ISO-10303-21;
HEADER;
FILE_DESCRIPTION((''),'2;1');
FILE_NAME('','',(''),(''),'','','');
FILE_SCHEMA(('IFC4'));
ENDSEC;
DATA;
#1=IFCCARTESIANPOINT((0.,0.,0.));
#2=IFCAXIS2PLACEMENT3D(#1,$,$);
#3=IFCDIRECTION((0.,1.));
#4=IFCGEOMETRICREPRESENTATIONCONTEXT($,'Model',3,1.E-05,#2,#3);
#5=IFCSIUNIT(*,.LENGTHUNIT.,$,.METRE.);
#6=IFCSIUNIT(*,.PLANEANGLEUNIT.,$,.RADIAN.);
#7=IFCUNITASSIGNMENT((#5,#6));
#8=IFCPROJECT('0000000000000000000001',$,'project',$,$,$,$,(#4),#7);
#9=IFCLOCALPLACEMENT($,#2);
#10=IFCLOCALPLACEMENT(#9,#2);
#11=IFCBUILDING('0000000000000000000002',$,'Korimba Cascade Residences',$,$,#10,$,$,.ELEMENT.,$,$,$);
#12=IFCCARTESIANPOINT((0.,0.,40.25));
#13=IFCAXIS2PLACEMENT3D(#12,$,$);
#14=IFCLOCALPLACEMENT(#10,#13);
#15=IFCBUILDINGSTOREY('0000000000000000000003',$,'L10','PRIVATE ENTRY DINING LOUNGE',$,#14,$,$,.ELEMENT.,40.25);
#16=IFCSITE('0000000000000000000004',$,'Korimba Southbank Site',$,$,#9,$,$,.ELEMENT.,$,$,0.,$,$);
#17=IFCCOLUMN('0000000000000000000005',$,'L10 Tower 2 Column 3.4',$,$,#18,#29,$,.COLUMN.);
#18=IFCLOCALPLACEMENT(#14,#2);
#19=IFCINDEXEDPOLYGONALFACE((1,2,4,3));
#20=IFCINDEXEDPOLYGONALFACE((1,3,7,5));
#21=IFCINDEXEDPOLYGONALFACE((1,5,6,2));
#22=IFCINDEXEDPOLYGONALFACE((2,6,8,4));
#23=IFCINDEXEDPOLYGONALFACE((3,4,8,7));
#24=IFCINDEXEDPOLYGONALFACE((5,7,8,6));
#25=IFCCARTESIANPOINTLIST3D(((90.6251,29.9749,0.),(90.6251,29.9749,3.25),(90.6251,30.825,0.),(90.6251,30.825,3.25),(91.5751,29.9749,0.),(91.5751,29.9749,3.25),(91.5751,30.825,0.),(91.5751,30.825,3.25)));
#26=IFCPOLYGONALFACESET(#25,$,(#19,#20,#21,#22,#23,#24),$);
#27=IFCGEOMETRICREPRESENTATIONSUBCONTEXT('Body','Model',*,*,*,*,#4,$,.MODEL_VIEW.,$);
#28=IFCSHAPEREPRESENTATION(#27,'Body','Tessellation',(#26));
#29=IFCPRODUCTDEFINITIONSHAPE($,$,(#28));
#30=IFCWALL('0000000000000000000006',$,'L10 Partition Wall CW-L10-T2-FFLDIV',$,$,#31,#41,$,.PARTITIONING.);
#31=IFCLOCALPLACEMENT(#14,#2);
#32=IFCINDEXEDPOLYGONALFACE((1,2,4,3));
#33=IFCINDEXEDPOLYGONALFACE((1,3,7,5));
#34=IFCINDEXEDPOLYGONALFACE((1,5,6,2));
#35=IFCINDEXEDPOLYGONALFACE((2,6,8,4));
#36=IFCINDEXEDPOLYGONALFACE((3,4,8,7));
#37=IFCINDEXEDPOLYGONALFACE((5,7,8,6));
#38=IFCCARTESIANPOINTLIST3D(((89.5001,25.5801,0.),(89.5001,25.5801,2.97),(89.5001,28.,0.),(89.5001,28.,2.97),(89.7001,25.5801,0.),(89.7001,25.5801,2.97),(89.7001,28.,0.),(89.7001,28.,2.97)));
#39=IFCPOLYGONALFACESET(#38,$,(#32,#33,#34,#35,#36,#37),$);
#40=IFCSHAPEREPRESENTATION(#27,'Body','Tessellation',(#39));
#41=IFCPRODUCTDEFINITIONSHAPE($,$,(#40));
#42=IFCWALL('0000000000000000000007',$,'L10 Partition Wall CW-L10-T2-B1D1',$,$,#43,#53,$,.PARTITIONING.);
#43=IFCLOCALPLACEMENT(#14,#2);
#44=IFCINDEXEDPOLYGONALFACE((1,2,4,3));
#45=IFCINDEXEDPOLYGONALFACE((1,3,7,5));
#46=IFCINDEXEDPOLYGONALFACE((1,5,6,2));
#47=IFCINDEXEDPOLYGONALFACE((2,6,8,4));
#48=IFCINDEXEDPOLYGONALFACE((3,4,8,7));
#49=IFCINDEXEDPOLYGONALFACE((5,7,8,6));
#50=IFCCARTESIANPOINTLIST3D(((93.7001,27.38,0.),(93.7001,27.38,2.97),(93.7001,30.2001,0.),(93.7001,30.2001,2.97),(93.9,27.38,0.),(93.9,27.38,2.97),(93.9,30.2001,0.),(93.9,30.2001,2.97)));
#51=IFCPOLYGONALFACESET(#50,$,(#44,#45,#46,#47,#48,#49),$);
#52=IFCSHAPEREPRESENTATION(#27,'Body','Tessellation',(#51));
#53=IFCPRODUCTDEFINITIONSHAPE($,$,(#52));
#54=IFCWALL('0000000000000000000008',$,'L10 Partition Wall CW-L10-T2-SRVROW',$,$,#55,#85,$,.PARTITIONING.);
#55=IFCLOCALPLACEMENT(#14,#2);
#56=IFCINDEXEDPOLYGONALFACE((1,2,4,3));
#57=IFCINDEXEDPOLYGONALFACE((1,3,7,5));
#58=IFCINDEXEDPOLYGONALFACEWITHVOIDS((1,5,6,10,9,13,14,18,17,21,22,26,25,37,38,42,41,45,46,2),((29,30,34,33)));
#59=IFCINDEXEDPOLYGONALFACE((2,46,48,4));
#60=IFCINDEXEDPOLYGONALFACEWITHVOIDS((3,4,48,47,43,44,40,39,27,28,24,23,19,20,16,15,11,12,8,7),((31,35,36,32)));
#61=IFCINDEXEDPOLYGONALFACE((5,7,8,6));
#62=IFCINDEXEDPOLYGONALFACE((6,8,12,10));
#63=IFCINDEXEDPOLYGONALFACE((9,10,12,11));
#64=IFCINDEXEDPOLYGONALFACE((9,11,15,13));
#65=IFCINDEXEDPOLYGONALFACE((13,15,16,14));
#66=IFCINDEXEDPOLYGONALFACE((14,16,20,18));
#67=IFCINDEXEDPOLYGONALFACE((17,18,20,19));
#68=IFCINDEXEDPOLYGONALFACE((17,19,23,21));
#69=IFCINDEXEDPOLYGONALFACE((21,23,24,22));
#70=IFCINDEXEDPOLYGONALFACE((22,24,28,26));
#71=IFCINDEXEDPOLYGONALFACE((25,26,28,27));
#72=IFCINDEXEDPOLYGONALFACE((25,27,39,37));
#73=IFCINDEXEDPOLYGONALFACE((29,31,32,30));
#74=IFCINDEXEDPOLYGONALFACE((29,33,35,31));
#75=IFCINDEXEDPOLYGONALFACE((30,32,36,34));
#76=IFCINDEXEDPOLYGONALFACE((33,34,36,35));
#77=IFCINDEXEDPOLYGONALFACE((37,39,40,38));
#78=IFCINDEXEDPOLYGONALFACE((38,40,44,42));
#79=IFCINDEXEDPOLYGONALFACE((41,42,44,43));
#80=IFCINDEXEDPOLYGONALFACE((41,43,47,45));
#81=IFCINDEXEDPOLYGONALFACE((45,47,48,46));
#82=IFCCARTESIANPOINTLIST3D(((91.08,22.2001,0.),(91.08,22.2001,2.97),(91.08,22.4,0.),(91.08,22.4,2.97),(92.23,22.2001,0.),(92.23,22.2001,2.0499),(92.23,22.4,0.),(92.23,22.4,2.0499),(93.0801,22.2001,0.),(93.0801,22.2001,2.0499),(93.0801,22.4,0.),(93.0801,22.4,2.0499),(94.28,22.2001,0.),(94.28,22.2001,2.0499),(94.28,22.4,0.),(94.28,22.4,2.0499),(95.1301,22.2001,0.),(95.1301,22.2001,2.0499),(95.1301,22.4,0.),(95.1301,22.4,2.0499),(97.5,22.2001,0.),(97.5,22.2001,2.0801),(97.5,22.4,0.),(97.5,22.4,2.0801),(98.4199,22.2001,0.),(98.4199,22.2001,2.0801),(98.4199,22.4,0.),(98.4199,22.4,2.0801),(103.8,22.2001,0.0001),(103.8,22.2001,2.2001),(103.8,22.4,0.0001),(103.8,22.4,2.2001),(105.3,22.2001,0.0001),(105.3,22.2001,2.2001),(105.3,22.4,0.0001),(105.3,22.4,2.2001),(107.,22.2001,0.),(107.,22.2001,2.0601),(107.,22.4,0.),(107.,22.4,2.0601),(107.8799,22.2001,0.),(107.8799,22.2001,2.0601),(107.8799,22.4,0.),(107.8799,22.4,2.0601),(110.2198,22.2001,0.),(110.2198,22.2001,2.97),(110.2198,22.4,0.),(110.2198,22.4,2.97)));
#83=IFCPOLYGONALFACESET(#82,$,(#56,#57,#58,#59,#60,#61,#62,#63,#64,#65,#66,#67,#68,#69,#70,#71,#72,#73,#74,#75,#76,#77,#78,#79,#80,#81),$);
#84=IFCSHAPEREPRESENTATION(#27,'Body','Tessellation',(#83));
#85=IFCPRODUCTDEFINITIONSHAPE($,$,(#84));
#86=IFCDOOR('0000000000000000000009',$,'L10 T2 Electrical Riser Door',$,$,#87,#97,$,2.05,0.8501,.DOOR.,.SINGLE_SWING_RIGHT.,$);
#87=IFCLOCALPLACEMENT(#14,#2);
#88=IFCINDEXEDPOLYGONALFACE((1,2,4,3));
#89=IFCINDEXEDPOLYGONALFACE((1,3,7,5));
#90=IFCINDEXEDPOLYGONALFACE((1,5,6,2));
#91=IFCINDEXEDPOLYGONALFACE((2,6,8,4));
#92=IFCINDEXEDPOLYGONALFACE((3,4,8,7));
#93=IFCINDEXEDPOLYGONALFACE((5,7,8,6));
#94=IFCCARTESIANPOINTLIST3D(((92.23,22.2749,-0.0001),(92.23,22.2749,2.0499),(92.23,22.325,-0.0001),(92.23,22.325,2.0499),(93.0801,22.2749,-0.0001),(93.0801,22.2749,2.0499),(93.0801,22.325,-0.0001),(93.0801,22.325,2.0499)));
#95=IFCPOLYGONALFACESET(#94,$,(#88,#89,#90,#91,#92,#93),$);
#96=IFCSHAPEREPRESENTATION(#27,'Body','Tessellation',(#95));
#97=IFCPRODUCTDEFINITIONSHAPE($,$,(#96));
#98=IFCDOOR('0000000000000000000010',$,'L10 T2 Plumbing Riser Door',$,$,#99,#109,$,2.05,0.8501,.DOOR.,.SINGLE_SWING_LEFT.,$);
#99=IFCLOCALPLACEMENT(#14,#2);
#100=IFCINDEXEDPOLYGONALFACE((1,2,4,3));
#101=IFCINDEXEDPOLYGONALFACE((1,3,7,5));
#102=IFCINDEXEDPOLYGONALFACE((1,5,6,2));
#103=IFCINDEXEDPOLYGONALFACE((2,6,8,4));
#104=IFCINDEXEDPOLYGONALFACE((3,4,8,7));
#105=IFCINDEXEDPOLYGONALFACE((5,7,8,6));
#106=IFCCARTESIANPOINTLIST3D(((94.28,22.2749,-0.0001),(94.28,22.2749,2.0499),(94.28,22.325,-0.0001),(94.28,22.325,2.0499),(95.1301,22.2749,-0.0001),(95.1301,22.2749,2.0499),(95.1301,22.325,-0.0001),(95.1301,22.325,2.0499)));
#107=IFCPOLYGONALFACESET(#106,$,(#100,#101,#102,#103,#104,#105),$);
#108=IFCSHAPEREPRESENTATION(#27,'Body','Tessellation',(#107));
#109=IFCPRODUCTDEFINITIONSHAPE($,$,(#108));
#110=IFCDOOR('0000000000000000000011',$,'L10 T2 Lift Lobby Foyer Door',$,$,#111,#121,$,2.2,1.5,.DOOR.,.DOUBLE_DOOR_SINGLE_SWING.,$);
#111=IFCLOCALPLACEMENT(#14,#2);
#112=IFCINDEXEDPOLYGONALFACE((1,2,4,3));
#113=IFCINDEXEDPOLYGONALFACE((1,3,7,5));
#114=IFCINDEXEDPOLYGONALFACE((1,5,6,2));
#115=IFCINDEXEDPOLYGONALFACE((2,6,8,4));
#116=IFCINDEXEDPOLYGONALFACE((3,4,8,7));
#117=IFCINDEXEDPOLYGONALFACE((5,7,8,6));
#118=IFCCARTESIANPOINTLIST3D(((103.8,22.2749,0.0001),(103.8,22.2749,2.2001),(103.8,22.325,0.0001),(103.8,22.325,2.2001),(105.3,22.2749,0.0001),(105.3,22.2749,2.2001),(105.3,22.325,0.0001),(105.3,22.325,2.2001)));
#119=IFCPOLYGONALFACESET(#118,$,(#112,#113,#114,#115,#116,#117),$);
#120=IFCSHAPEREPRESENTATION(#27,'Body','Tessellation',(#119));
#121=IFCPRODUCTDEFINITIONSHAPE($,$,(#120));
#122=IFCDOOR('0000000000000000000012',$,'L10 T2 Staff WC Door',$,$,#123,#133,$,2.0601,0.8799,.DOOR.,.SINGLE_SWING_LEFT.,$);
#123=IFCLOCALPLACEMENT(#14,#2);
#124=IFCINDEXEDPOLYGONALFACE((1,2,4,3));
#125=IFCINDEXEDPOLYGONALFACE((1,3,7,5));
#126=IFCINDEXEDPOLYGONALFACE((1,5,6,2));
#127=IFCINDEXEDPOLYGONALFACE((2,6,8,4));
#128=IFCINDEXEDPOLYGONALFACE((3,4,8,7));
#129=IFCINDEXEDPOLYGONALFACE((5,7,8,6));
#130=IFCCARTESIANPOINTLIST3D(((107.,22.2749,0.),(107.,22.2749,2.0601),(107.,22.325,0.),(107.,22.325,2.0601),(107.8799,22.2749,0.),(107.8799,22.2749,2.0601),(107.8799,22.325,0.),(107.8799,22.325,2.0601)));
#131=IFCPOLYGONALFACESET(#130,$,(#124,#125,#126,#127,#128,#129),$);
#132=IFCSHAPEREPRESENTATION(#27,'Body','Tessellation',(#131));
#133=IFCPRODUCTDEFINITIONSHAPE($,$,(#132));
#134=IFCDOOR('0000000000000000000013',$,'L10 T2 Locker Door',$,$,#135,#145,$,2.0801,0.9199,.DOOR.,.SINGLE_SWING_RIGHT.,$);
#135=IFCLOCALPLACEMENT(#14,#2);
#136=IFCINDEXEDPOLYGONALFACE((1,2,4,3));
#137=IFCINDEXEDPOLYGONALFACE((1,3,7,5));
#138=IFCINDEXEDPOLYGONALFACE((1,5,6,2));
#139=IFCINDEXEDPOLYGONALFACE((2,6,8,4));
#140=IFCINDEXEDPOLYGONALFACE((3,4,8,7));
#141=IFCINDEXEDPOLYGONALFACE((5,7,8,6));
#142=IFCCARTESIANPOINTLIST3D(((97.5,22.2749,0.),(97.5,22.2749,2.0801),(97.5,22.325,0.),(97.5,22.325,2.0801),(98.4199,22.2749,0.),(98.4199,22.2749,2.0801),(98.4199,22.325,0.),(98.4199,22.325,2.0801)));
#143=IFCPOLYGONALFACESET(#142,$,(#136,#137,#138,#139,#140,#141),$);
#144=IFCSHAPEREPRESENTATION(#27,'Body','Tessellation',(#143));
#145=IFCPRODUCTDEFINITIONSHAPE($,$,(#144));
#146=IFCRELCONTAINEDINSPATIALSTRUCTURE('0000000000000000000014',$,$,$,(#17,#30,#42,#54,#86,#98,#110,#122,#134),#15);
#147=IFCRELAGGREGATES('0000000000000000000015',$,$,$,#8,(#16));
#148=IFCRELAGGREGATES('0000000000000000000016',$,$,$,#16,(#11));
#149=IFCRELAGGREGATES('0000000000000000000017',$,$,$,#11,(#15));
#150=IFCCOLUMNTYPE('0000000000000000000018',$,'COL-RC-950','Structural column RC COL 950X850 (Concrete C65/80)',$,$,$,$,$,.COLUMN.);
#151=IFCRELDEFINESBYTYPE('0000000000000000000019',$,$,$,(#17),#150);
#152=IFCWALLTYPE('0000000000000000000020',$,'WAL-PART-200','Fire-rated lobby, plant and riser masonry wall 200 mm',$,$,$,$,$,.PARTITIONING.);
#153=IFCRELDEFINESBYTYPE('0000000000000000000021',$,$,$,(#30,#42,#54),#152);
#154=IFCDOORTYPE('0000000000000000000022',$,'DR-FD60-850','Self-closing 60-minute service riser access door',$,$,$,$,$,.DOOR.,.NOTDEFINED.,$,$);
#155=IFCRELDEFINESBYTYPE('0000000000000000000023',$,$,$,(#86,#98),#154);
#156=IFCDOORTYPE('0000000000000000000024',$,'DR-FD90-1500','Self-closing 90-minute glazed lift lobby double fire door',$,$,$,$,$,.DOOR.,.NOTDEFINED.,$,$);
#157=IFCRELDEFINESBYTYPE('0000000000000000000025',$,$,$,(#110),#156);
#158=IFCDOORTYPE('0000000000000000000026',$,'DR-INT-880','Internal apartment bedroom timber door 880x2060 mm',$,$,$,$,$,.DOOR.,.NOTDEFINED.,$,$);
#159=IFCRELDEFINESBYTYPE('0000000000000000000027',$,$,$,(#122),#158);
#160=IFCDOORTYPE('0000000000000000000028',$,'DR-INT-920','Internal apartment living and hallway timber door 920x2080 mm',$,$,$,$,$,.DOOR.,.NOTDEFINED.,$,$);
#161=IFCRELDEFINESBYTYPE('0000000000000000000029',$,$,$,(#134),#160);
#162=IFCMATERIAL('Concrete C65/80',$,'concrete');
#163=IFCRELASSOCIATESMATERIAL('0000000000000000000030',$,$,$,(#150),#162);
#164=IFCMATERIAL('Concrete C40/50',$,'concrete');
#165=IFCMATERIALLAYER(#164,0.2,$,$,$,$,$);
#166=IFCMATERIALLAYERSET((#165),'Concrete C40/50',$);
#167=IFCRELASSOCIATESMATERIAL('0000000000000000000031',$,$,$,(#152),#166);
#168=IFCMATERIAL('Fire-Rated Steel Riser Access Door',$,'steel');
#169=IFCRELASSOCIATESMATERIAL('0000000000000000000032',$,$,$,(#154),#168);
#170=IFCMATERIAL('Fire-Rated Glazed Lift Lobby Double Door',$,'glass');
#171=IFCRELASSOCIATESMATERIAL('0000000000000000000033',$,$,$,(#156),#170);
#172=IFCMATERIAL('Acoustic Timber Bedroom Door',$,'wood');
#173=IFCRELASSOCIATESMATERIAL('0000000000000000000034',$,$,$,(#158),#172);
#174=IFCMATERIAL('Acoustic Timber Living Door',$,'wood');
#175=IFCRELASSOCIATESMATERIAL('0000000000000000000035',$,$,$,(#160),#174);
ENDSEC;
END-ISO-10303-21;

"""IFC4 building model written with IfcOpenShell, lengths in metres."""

from ifc_helpers import new_model, si_unit, direction, frame, frame_2d, origin, origin_2d, place, context, subcontext, project, spatial, rectangle, extrude, material, layer, layer_set, material_profile, profile_set, type_object, element, fill, save


model = new_model("IFC4")

# Units and contexts
model_context = context("Model", 3, precision=1e-05, world=origin(), true_north=direction((0.0, 1.0)))
body_context = subcontext(model_context, "Body", "Model", "MODEL_VIEW")
ifc_project = project(units=[si_unit("LENGTHUNIT", "METRE"), si_unit("PLANEANGLEUNIT", "RADIAN")], contexts=[model_context])

# Site, building, storey
site_placement = place(None, origin())
site = spatial("IfcSite", under=ifc_project, at=site_placement, Name="Korimba Southbank Site", CompositionType="ELEMENT", RefElevation=0.0)
building_placement = place(site_placement, origin())
building = spatial("IfcBuilding", under=site, at=building_placement, Name="Korimba Cascade Residences", CompositionType="ELEMENT")
storey_placement = place(building_placement, frame((0.0, 0.0, 40.25)))
storey = spatial("IfcBuildingStorey", under=building, at=storey_placement, Name="L10", Description="PRIVATE ENTRY DINING LOUNGE", CompositionType="ELEMENT", Elevation=40.25)

# Column
ifc_material_1 = material(Name="Concrete C65/80", Category="concrete")
ifc_material_profile = material_profile(ifc_material_1, rectangle(XDim=0.95, YDim=0.8501, at=origin_2d()), Name="Concrete C65/80")
ifc_profile_set = profile_set([ifc_material_profile], Name="Concrete C65/80")
column_type = type_object("IfcColumnType", Name="COL-RC-950", Description="Structural column RC COL 950X850 (Concrete C65/80)", PredefinedType="COLUMN", material=ifc_profile_set)
column_placement = place(storey_placement, frame((91.1001, 30.3999, 0.0), z_axis=(0.0, 0.0, 1.0), x_axis=(1.0, 0.0, 0.0)))
element("IfcColumn", 1, at=column_placement, inside=storey, type_object=column_type, Name="L10 Tower 2 Column 3.4", PredefinedType="COLUMN", context=body_context, shape_type="SweptSolid", body=[
    extrude(rectangle(XDim=0.95, YDim=0.8501, at=origin_2d()), origin(), (0.0, 0.0, 1.0), 3.25),
])

# Walls
ifc_material_2 = material(Name="Concrete C40/50", Category="concrete")
ifc_layer_1 = layer(ifc_material_2, 0.2)
ifc_layer_set_1 = layer_set([ifc_layer_1], Name="Concrete C40/50")
wall_type_1 = type_object("IfcWallType", Name="WAL-PART-200", Description="Fire-rated lobby, plant and riser masonry wall 200 mm", PredefinedType="PARTITIONING", material=ifc_layer_set_1)
wall_1_placement = place(storey_placement, frame((89.6001, 25.5801, 0.0), z_axis=(0.0, 0.0, 1.0), x_axis=(0.0, 1.0, 0.0)))
element("IfcWall", 2, at=wall_1_placement, inside=storey, type_object=wall_type_1, Name="L10 Partition Wall CW-L10-T2-FFLDIV", PredefinedType="PARTITIONING", context=body_context, shape_type="SweptSolid", body=[
    extrude(rectangle(XDim=2.4199, YDim=0.2, at=frame_2d((1.21, 0.0))), origin(), (0.0, 0.0, 1.0), 2.97),
])
wall_2_placement = place(storey_placement, frame((93.8, 27.3799, 0.0), z_axis=(0.0, 0.0, 1.0), x_axis=(0.0, 1.0, 0.0)))
element("IfcWall", 3, at=wall_2_placement, inside=storey, type_object=wall_type_1, Name="L10 Partition Wall CW-L10-T2-B1D1", PredefinedType="PARTITIONING", context=body_context, shape_type="SweptSolid", body=[
    extrude(rectangle(XDim=2.8201, YDim=0.2, at=frame_2d((1.4102, 0.0))), origin(), (0.0, 0.0, 1.0), 2.97),
])

# Wall, openings, doors
wall_3_placement = place(storey_placement, frame((91.0801, 22.3, 0.0), z_axis=(0.0, 0.0, 1.0), x_axis=(1.0, 0.0, 0.0)))
wall_3 = element("IfcWall", 4, at=wall_3_placement, inside=storey, type_object=wall_type_1, Name="L10 Partition Wall CW-L10-T2-SRVROW", PredefinedType="PARTITIONING", context=body_context, shape_type="SweptSolid", body=[
    extrude(rectangle(XDim=19.1399, YDim=0.2, at=frame_2d((9.5698, 0.0))), origin(), (0.0, 0.0, 1.0), 2.97),
])
opening_1_placement = place(wall_3_placement, frame((1.1499, 0.0, 0.0)))
opening_1 = element("IfcOpeningElement", 5, at=opening_1_placement, cuts=wall_3, PredefinedType="OPENING", context=body_context, shape_type="SweptSolid", body=[
    extrude(rectangle(XDim=0.8501, YDim=2.05, at=frame_2d((0.425, 1.0249))), frame((0.0, 0.1099, 0.0), z_axis=(0.0, -1.0, 0.0), x_axis=(1.0, 0.0, 0.0)), (0.0, 0.0, 1.0), 0.22),
])
opening_2_placement = place(wall_3_placement, frame((3.2, 0.0, 0.0)))
opening_2 = element("IfcOpeningElement", 6, at=opening_2_placement, cuts=wall_3, PredefinedType="OPENING", context=body_context, shape_type="SweptSolid", body=[
    extrude(rectangle(XDim=0.8501, YDim=2.05, at=frame_2d((0.425, 1.0249))), frame((0.0, 0.1099, 0.0), z_axis=(0.0, -1.0, 0.0), x_axis=(1.0, 0.0, 0.0)), (0.0, 0.0, 1.0), 0.22),
])
opening_3_placement = place(wall_3_placement, frame((12.72, 0.0, 0.0)))
opening_3 = element("IfcOpeningElement", 7, at=opening_3_placement, cuts=wall_3, PredefinedType="OPENING", context=body_context, shape_type="SweptSolid", body=[
    extrude(rectangle(XDim=1.5, YDim=2.2, at=frame_2d((0.75, 1.1001))), frame((0.0, 0.1099, 0.0), z_axis=(0.0, -1.0, 0.0), x_axis=(1.0, 0.0, 0.0)), (0.0, 0.0, 1.0), 0.22),
])
opening_4_placement = place(wall_3_placement, frame((6.4199, 0.0, 0.0)))
opening_4 = element("IfcOpeningElement", 8, at=opening_4_placement, cuts=wall_3, PredefinedType="OPENING", context=body_context, shape_type="SweptSolid", body=[
    extrude(rectangle(XDim=0.9199, YDim=2.0801, at=frame_2d((0.46, 1.04))), frame((0.0, 0.1099, 0.0), z_axis=(0.0, -1.0, 0.0), x_axis=(1.0, 0.0, 0.0)), (0.0, 0.0, 1.0), 0.22),
])
opening_5_placement = place(wall_3_placement, frame((15.9199, 0.0, 0.0)))
opening_5 = element("IfcOpeningElement", 9, at=opening_5_placement, cuts=wall_3, PredefinedType="OPENING", context=body_context, shape_type="SweptSolid", body=[
    extrude(rectangle(XDim=0.8799, YDim=2.0601, at=frame_2d((0.4399, 1.03))), frame((0.0, 0.1099, 0.0), z_axis=(0.0, -1.0, 0.0), x_axis=(1.0, 0.0, 0.0)), (0.0, 0.0, 1.0), 0.22),
])
ifc_material_3 = material(Name="Fire-Rated Steel Riser Access Door", Category="steel")
door_type_1 = type_object("IfcDoorType", Name="DR-FD60-850", Description="Self-closing 60-minute service riser access door", OperationType="NOTDEFINED", PredefinedType="DOOR", material=ifc_material_3)
door_1_placement = place(opening_1_placement, origin())
door_1 = element("IfcDoor", 10, at=door_1_placement, inside=storey, type_object=door_type_1, Name="L10 T2 Electrical Riser Door", OperationType="SINGLE_SWING_RIGHT", OverallHeight=2.05, OverallWidth=0.8501, PredefinedType="DOOR", context=body_context, shape_type="SweptSolid", body=[
    extrude(rectangle(XDim=0.8501, YDim=2.05, at=frame_2d((0.425, 1.0249))), frame((0.0, 0.0249, 0.0), z_axis=(0.0, -1.0, 0.0), x_axis=(1.0, 0.0, 0.0)), (0.0, 0.0, 1.0), 0.05),
])
fill(opening_1, door_1)
door_2_placement = place(opening_2_placement, origin())
door_2 = element("IfcDoor", 11, at=door_2_placement, inside=storey, type_object=door_type_1, Name="L10 T2 Plumbing Riser Door", OperationType="SINGLE_SWING_LEFT", OverallHeight=2.05, OverallWidth=0.8501, PredefinedType="DOOR", context=body_context, shape_type="SweptSolid", body=[
    extrude(rectangle(XDim=0.8501, YDim=2.05, at=frame_2d((0.425, 1.0249))), frame((0.0, 0.0249, 0.0), z_axis=(0.0, -1.0, 0.0), x_axis=(1.0, 0.0, 0.0)), (0.0, 0.0, 1.0), 0.05),
])
fill(opening_2, door_2)
ifc_material_4 = material(Name="Fire-Rated Glazed Lift Lobby Double Door", Category="glass")
door_type_2 = type_object("IfcDoorType", Name="DR-FD90-1500", Description="Self-closing 90-minute glazed lift lobby double fire door", OperationType="NOTDEFINED", PredefinedType="DOOR", material=ifc_material_4)
door_3_placement = place(opening_3_placement, origin())
door_3 = element("IfcDoor", 12, at=door_3_placement, inside=storey, type_object=door_type_2, Name="L10 T2 Lift Lobby Foyer Door", OperationType="DOUBLE_DOOR_SINGLE_SWING", OverallHeight=2.2, OverallWidth=1.5, PredefinedType="DOOR", context=body_context, shape_type="SweptSolid", body=[
    extrude(rectangle(XDim=1.5, YDim=2.2, at=frame_2d((0.75, 1.1001))), frame((0.0, 0.0249, 0.0), z_axis=(0.0, -1.0, 0.0), x_axis=(1.0, 0.0, 0.0)), (0.0, 0.0, 1.0), 0.05),
])
fill(opening_3, door_3)
ifc_material_5 = material(Name="Acoustic Timber Bedroom Door", Category="wood")
door_type_3 = type_object("IfcDoorType", Name="DR-INT-880", Description="Internal apartment bedroom timber door 880x2060 mm", OperationType="NOTDEFINED", PredefinedType="DOOR", material=ifc_material_5)
door_4_placement = place(opening_5_placement, origin())
door_4 = element("IfcDoor", 13, at=door_4_placement, inside=storey, type_object=door_type_3, Name="L10 T2 Staff WC Door", OperationType="SINGLE_SWING_LEFT", OverallHeight=2.0601, OverallWidth=0.8799, PredefinedType="DOOR", context=body_context, shape_type="SweptSolid", body=[
    extrude(rectangle(XDim=0.8799, YDim=2.0601, at=frame_2d((0.4399, 1.03))), frame((0.0, 0.0249, 0.0), z_axis=(0.0, -1.0, 0.0), x_axis=(1.0, 0.0, 0.0)), (0.0, 0.0, 1.0), 0.05),
])
fill(opening_5, door_4)
ifc_material_6 = material(Name="Acoustic Timber Living Door", Category="wood")
door_type_4 = type_object("IfcDoorType", Name="DR-INT-920", Description="Internal apartment living and hallway timber door 920x2080 mm", OperationType="NOTDEFINED", PredefinedType="DOOR", material=ifc_material_6)
door_5_placement = place(opening_4_placement, origin())
door_5 = element("IfcDoor", 14, at=door_5_placement, inside=storey, type_object=door_type_4, Name="L10 T2 Locker Door", OperationType="SINGLE_SWING_RIGHT", OverallHeight=2.0801, OverallWidth=0.9199, PredefinedType="DOOR", context=body_context, shape_type="SweptSolid", body=[
    extrude(rectangle(XDim=0.9199, YDim=2.0801, at=frame_2d((0.46, 1.04))), frame((0.0, 0.0249, 0.0), z_axis=(0.0, -1.0, 0.0), x_axis=(1.0, 0.0, 0.0)), (0.0, 0.0, 1.0), 0.05),
])
fill(opening_4, door_5)

save(model, "model.ifc")
